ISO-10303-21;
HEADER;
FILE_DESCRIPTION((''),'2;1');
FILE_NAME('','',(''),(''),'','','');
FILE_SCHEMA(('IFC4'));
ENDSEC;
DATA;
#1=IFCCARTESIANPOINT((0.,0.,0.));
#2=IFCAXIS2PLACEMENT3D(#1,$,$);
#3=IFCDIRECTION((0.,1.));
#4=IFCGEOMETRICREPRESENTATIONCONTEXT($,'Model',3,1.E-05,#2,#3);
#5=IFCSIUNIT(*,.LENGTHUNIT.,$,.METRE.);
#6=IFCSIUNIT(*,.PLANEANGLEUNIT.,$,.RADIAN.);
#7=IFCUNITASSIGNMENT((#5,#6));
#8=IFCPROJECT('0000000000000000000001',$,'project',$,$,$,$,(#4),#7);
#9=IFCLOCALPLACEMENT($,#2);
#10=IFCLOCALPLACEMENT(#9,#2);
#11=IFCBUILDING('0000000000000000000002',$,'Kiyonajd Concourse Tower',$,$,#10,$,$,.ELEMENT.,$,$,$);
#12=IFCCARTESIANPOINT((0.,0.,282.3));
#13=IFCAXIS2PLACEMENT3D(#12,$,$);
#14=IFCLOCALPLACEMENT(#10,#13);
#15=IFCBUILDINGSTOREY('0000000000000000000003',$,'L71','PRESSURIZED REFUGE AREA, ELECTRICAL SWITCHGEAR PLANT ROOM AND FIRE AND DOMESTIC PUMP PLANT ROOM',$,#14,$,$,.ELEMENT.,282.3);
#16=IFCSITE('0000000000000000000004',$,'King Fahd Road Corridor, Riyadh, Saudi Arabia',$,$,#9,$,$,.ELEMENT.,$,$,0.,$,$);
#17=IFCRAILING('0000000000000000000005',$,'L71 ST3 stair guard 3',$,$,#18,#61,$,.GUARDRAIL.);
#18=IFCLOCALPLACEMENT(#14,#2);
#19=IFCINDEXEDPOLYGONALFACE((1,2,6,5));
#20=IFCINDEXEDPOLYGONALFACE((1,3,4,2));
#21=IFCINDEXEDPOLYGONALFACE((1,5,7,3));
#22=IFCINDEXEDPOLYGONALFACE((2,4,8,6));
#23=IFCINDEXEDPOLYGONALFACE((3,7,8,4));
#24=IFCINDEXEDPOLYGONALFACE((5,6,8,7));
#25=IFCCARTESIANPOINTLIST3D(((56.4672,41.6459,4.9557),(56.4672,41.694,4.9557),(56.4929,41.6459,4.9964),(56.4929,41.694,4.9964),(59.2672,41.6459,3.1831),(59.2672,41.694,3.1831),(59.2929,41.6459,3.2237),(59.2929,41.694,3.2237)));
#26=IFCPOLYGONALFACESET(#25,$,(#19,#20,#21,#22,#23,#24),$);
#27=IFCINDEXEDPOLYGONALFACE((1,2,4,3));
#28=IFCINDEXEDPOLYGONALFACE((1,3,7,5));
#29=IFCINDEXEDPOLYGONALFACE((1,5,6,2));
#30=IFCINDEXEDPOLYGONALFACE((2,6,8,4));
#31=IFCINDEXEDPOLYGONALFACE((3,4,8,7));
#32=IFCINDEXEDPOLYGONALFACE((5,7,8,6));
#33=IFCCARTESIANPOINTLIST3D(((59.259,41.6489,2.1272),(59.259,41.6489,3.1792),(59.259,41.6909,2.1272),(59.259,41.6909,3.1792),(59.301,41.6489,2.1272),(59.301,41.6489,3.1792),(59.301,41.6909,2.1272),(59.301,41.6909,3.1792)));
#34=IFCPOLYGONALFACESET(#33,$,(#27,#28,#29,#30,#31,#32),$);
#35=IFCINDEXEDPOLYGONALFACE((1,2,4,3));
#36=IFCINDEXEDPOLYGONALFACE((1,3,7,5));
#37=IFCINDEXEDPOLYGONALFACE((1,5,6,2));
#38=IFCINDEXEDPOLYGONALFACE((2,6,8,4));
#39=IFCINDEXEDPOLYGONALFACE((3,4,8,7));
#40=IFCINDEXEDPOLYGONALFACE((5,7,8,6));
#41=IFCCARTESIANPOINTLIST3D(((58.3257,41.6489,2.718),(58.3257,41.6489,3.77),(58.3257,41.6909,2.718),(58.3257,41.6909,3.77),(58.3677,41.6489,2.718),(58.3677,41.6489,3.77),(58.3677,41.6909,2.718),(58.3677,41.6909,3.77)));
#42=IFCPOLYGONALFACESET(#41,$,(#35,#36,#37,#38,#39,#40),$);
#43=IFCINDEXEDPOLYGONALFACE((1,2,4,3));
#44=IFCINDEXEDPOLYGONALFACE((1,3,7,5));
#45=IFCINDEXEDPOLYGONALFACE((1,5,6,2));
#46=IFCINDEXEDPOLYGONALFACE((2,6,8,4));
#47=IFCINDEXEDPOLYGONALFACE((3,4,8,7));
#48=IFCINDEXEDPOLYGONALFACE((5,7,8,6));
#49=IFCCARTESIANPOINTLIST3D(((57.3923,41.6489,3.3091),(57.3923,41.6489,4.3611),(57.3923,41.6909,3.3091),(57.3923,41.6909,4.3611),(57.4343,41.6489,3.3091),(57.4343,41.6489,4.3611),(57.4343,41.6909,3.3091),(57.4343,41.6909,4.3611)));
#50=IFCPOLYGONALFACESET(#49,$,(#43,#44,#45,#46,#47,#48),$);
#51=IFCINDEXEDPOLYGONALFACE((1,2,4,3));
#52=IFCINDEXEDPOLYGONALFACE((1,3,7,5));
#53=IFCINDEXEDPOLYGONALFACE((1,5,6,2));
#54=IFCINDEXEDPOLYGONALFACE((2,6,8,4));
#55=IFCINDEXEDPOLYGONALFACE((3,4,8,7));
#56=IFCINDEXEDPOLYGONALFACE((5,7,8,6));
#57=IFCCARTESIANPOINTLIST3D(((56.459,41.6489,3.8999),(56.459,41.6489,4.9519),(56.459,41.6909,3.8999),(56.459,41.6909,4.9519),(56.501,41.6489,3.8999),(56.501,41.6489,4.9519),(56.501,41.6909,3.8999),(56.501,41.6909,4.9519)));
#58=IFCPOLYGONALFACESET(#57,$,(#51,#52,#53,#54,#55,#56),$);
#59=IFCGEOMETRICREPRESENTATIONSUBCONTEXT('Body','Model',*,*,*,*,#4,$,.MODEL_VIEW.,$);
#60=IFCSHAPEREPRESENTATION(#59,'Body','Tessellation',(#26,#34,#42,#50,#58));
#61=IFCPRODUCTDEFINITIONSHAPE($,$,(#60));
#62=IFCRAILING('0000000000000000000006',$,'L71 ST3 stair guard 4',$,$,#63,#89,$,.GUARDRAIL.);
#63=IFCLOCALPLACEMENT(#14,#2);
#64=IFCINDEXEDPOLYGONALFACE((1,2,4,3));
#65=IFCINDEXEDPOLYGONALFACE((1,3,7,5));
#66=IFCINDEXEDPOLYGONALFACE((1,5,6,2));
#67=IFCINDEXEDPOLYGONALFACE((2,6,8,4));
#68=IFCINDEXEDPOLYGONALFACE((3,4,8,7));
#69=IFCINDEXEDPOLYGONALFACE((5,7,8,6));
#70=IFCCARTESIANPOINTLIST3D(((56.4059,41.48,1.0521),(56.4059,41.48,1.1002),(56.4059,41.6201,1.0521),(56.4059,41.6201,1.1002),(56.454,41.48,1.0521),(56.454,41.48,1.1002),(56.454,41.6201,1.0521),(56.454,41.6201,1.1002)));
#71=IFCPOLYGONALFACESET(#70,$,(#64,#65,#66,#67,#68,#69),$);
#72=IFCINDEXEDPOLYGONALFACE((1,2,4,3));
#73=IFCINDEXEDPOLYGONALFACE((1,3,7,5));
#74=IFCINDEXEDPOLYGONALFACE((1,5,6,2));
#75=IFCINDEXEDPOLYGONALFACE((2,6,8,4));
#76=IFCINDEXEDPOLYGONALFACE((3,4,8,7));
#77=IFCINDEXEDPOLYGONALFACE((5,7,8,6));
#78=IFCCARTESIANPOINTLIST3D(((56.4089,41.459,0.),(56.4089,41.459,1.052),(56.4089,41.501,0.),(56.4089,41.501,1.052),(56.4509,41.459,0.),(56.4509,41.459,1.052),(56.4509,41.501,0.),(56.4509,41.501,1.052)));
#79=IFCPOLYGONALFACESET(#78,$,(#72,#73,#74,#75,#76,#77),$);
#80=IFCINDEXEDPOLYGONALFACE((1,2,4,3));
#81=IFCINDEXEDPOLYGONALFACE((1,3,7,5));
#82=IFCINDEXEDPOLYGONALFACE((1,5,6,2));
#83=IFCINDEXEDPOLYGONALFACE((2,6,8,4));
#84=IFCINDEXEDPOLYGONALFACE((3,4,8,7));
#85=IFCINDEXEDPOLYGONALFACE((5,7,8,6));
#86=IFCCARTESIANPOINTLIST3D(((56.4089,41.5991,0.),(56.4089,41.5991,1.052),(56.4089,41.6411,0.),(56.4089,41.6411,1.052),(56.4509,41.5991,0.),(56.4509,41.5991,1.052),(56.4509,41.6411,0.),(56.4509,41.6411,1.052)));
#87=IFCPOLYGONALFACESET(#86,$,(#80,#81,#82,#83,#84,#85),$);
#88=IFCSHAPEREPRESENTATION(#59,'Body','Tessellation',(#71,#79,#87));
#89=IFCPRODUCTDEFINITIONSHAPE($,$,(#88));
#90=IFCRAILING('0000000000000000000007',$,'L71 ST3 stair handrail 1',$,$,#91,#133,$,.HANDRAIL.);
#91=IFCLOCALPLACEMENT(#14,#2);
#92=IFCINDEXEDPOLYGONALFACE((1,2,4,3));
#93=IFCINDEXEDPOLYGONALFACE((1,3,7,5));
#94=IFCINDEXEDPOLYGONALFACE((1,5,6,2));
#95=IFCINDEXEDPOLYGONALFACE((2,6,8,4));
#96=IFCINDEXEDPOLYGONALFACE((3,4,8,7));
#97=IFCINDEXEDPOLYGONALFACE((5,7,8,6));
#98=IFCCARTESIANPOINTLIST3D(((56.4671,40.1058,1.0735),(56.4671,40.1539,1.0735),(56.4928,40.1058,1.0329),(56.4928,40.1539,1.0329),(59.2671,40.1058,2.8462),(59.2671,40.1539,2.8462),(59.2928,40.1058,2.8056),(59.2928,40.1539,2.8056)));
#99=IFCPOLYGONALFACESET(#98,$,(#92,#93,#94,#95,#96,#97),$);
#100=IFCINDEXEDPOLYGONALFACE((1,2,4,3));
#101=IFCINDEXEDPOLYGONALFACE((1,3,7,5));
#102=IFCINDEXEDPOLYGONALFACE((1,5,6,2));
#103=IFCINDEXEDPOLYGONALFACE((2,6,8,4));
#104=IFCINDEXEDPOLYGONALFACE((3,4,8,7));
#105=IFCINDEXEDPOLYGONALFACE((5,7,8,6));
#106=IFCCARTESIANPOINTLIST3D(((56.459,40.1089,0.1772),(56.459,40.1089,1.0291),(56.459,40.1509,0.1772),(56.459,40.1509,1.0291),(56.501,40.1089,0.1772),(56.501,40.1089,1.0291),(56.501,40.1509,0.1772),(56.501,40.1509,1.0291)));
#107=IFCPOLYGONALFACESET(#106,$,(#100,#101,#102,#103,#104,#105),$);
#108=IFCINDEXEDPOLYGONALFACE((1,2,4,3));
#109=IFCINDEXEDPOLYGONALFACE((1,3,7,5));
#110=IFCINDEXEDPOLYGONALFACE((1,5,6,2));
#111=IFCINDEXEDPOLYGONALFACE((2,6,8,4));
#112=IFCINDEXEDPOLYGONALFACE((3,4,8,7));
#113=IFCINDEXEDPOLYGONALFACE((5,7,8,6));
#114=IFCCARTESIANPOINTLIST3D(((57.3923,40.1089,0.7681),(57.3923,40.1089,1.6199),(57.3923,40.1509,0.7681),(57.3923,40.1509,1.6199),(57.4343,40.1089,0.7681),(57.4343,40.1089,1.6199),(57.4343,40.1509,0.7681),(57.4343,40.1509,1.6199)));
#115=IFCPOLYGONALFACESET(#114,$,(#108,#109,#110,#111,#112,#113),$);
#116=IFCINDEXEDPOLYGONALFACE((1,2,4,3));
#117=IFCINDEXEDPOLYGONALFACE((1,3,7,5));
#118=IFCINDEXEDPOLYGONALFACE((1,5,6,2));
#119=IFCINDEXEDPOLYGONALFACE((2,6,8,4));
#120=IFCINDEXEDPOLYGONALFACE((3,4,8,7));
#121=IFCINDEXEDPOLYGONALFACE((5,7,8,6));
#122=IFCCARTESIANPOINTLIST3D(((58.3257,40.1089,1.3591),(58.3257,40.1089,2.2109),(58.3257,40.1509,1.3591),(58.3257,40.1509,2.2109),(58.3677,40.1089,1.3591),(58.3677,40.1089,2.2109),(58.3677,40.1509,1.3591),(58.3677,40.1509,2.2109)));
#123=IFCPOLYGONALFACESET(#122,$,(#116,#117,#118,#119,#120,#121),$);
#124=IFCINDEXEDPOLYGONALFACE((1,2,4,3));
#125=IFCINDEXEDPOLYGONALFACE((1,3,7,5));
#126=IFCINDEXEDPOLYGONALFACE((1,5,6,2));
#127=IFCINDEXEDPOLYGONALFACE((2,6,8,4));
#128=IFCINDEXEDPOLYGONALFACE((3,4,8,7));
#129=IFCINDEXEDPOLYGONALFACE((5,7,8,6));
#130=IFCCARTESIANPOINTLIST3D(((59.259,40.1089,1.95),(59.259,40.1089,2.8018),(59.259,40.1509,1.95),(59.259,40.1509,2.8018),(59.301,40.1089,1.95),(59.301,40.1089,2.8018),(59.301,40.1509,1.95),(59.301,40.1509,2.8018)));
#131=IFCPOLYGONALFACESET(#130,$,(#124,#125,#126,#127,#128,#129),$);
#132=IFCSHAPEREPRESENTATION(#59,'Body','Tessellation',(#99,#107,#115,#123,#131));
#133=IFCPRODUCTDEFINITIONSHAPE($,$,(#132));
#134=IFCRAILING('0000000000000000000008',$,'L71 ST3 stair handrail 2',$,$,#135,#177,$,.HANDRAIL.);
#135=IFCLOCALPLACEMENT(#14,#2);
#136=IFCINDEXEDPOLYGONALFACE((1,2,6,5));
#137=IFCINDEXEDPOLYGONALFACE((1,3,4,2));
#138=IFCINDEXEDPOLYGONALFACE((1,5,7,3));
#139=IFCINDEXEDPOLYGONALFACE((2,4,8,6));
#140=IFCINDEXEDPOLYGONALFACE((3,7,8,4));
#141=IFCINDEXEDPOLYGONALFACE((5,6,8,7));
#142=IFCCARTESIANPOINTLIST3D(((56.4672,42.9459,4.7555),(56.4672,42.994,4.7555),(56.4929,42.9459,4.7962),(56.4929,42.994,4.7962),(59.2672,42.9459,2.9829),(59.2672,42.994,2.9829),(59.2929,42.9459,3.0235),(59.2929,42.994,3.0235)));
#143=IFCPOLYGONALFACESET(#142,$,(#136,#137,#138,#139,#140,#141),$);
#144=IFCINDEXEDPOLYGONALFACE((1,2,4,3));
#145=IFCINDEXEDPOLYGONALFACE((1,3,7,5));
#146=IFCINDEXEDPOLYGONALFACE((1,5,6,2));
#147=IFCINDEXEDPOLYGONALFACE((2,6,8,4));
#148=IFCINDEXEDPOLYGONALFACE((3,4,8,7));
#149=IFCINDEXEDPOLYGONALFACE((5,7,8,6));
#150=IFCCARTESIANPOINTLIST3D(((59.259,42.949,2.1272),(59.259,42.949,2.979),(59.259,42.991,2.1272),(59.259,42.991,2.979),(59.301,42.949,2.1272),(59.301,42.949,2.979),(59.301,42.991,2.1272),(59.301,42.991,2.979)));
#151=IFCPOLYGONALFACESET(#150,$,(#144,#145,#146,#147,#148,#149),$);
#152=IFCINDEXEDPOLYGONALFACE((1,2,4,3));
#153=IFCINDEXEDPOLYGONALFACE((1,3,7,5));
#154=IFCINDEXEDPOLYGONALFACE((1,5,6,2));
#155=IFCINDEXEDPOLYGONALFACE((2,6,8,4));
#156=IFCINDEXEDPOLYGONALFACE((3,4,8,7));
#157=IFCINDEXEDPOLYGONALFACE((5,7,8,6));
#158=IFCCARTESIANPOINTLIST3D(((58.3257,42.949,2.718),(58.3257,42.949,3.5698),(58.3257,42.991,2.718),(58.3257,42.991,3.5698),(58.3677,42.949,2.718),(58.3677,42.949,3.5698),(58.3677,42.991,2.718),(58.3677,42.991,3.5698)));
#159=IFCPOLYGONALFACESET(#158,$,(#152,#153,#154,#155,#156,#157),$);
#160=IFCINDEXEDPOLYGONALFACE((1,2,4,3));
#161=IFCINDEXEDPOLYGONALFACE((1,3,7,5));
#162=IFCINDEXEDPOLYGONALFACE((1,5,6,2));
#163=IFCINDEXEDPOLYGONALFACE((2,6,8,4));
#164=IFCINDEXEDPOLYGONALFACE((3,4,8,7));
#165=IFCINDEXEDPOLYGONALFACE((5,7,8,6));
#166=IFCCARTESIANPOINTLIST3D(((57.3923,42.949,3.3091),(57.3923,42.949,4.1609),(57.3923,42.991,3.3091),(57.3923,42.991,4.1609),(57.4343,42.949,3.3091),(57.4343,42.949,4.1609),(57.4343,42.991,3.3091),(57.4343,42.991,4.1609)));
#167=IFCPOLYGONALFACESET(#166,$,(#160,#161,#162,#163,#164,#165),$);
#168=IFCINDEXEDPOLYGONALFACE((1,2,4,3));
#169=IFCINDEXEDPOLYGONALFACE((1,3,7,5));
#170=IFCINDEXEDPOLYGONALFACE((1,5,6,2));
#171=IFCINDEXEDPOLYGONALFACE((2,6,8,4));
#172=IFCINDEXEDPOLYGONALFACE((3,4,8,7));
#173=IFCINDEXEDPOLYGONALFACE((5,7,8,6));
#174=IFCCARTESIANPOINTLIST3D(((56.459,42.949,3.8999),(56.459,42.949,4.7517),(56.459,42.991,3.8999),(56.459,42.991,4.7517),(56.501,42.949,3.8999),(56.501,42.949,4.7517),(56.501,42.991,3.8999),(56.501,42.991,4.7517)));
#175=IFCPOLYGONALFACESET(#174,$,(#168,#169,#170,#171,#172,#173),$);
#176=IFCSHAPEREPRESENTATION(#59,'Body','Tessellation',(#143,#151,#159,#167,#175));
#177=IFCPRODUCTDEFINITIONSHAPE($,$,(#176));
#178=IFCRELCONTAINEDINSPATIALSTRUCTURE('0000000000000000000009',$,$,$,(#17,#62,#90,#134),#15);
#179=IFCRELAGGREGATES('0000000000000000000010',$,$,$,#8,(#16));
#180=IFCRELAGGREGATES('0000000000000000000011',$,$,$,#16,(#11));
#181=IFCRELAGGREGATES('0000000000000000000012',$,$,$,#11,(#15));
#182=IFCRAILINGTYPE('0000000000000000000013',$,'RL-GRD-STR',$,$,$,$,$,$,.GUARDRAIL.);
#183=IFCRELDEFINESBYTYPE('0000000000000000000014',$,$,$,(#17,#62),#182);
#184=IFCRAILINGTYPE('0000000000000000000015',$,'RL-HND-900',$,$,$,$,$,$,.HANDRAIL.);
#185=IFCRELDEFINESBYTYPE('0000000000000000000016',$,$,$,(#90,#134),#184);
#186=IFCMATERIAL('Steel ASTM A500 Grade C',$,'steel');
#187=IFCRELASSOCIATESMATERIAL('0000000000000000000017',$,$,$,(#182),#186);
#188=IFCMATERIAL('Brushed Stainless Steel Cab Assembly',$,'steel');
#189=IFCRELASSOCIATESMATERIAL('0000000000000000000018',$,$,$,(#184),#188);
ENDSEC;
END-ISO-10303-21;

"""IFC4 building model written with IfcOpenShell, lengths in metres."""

from ifc_helpers import new_model, si_unit, direction, frame, origin, origin_2d, place, context, subcontext, project, spatial, rectangle, extrude, material, type_object, element, save


model = new_model("IFC4")

# Units and contexts
model_context = context("Model", 3, precision=1e-05, world=origin(), true_north=direction((0.0, 1.0)))
body_context = subcontext(model_context, "Body", "Model", "MODEL_VIEW")
ifc_project = project(units=[si_unit("LENGTHUNIT", "METRE"), si_unit("PLANEANGLEUNIT", "RADIAN")], contexts=[model_context])

# Site, building, storey
site_placement = place(None, origin())
site = spatial("IfcSite", under=ifc_project, at=site_placement, Name="King Fahd Road Corridor, Riyadh, Saudi Arabia", CompositionType="ELEMENT", RefElevation=0.0)
building_placement = place(site_placement, origin())
building = spatial("IfcBuilding", under=site, at=building_placement, Name="Kiyonajd Concourse Tower", CompositionType="ELEMENT")
storey_placement = place(building_placement, frame((0.0, 0.0, 282.3)))
storey = spatial("IfcBuildingStorey", under=building, at=storey_placement, Name="L71", Description="PRESSURIZED REFUGE AREA, ELECTRICAL SWITCHGEAR PLANT ROOM AND FIRE AND DOMESTIC PUMP PLANT ROOM", CompositionType="ELEMENT", Elevation=282.3)

# Shared definitions
ifc_material_1 = material(Name="Brushed Stainless Steel Cab Assembly", Category="steel")

# Railings
ifc_material_2 = material(Name="Steel ASTM A500 Grade C", Category="steel")
railing_type_1 = type_object("IfcRailingType", Name="RL-GRD-STR", PredefinedType="GUARDRAIL", material=ifc_material_2)
railing_1_placement = place(storey_placement, frame((59.28, 41.6699, 2.1272)))
element("IfcRailing", 1, at=railing_1_placement, inside=storey, type_object=railing_type_1, Name="L71 ST3 stair guard 3", PredefinedType="GUARDRAIL", context=body_context, shape_type="SweptSolid", body=[
    extrude(rectangle(XDim=0.0481, YDim=0.0481, at=origin_2d()), frame((0.0, 0.0, 1.0762), z_axis=(-0.844909, 0.0, 0.53491), x_axis=(0.0, -1.0, 0.0)), (0.0, 0.0, 1.0), 3.314),
    extrude(rectangle(XDim=0.042, YDim=0.042, at=origin_2d()), origin(), (0.0, 0.0, 1.0), 1.052),
    extrude(rectangle(XDim=0.042, YDim=0.042, at=origin_2d()), frame((-0.9333, 0.0, 0.5908)), (0.0, 0.0, 1.0), 1.052),
    extrude(rectangle(XDim=0.042, YDim=0.042, at=origin_2d()), frame((-1.8667, 0.0, 1.1819)), (0.0, 0.0, 1.0), 1.052),
    extrude(rectangle(XDim=0.042, YDim=0.042, at=origin_2d()), frame((-2.8, 0.0, 1.7727)), (0.0, 0.0, 1.0), 1.052),
])
railing_2_placement = place(storey_placement, frame((56.4299, 41.48, 0.0)))
element("IfcRailing", 2, at=railing_2_placement, inside=storey, type_object=railing_type_1, Name="L71 ST3 stair guard 4", PredefinedType="GUARDRAIL", context=body_context, shape_type="SweptSolid", body=[
    extrude(rectangle(XDim=0.0481, YDim=0.0481, at=origin_2d()), frame((0.0, 0.0, 1.0762), z_axis=(0.0, 1.0, 0.0), x_axis=(-1.0, 0.0, 0.0)), (0.0, 0.0, 1.0), 0.1401),
    extrude(rectangle(XDim=0.042, YDim=0.042, at=origin_2d()), origin(), (0.0, 0.0, 1.0), 1.052),
    extrude(rectangle(XDim=0.042, YDim=0.042, at=origin_2d()), frame((0.0, 0.1401, 0.0)), (0.0, 0.0, 1.0), 1.052),
])
railing_type_2 = type_object("IfcRailingType", Name="RL-HND-900", PredefinedType="HANDRAIL", material=ifc_material_1)
railing_3_placement = place(storey_placement, frame((56.48, 40.1299, 0.1772)))
element("IfcRailing", 3, at=railing_3_placement, inside=storey, type_object=railing_type_2, Name="L71 ST3 stair handrail 1", PredefinedType="HANDRAIL", context=body_context, shape_type="SweptSolid", body=[
    extrude(rectangle(XDim=0.0481, YDim=0.0481, at=origin_2d()), frame((0.0, 0.0, 0.876), z_axis=(0.844909, 0.0, 0.53491), x_axis=(0.0, 1.0, 0.0)), (0.0, 0.0, 1.0), 3.314),
    extrude(rectangle(XDim=0.042, YDim=0.042, at=origin_2d()), origin(), (0.0, 0.0, 1.0), 0.8518),
    extrude(rectangle(XDim=0.042, YDim=0.042, at=origin_2d()), frame((0.9333, 0.0, 0.5908)), (0.0, 0.0, 1.0), 0.8518),
    extrude(rectangle(XDim=0.042, YDim=0.042, at=origin_2d()), frame((1.8667, 0.0, 1.1819)), (0.0, 0.0, 1.0), 0.8518),
    extrude(rectangle(XDim=0.042, YDim=0.042, at=origin_2d()), frame((2.8, 0.0, 1.7727)), (0.0, 0.0, 1.0), 0.8518),
])
railing_4_placement = place(storey_placement, frame((59.28, 42.97, 2.1272)))
element("IfcRailing", 4, at=railing_4_placement, inside=storey, type_object=railing_type_2, Name="L71 ST3 stair handrail 2", PredefinedType="HANDRAIL", context=body_context, shape_type="SweptSolid", body=[
    extrude(rectangle(XDim=0.0481, YDim=0.0481, at=origin_2d()), frame((0.0, 0.0, 0.876), z_axis=(-0.844909, 0.0, 0.53491), x_axis=(0.0, -1.0, 0.0)), (0.0, 0.0, 1.0), 3.314),
    extrude(rectangle(XDim=0.042, YDim=0.042, at=origin_2d()), origin(), (0.0, 0.0, 1.0), 0.8518),
    extrude(rectangle(XDim=0.042, YDim=0.042, at=origin_2d()), frame((-0.9333, 0.0, 0.5908)), (0.0, 0.0, 1.0), 0.8518),
    extrude(rectangle(XDim=0.042, YDim=0.042, at=origin_2d()), frame((-1.8667, 0.0, 1.1819)), (0.0, 0.0, 1.0), 0.8518),
    extrude(rectangle(XDim=0.042, YDim=0.042, at=origin_2d()), frame((-2.8, 0.0, 1.7727)), (0.0, 0.0, 1.0), 0.8518),
])

save(model, "model.ifc")
